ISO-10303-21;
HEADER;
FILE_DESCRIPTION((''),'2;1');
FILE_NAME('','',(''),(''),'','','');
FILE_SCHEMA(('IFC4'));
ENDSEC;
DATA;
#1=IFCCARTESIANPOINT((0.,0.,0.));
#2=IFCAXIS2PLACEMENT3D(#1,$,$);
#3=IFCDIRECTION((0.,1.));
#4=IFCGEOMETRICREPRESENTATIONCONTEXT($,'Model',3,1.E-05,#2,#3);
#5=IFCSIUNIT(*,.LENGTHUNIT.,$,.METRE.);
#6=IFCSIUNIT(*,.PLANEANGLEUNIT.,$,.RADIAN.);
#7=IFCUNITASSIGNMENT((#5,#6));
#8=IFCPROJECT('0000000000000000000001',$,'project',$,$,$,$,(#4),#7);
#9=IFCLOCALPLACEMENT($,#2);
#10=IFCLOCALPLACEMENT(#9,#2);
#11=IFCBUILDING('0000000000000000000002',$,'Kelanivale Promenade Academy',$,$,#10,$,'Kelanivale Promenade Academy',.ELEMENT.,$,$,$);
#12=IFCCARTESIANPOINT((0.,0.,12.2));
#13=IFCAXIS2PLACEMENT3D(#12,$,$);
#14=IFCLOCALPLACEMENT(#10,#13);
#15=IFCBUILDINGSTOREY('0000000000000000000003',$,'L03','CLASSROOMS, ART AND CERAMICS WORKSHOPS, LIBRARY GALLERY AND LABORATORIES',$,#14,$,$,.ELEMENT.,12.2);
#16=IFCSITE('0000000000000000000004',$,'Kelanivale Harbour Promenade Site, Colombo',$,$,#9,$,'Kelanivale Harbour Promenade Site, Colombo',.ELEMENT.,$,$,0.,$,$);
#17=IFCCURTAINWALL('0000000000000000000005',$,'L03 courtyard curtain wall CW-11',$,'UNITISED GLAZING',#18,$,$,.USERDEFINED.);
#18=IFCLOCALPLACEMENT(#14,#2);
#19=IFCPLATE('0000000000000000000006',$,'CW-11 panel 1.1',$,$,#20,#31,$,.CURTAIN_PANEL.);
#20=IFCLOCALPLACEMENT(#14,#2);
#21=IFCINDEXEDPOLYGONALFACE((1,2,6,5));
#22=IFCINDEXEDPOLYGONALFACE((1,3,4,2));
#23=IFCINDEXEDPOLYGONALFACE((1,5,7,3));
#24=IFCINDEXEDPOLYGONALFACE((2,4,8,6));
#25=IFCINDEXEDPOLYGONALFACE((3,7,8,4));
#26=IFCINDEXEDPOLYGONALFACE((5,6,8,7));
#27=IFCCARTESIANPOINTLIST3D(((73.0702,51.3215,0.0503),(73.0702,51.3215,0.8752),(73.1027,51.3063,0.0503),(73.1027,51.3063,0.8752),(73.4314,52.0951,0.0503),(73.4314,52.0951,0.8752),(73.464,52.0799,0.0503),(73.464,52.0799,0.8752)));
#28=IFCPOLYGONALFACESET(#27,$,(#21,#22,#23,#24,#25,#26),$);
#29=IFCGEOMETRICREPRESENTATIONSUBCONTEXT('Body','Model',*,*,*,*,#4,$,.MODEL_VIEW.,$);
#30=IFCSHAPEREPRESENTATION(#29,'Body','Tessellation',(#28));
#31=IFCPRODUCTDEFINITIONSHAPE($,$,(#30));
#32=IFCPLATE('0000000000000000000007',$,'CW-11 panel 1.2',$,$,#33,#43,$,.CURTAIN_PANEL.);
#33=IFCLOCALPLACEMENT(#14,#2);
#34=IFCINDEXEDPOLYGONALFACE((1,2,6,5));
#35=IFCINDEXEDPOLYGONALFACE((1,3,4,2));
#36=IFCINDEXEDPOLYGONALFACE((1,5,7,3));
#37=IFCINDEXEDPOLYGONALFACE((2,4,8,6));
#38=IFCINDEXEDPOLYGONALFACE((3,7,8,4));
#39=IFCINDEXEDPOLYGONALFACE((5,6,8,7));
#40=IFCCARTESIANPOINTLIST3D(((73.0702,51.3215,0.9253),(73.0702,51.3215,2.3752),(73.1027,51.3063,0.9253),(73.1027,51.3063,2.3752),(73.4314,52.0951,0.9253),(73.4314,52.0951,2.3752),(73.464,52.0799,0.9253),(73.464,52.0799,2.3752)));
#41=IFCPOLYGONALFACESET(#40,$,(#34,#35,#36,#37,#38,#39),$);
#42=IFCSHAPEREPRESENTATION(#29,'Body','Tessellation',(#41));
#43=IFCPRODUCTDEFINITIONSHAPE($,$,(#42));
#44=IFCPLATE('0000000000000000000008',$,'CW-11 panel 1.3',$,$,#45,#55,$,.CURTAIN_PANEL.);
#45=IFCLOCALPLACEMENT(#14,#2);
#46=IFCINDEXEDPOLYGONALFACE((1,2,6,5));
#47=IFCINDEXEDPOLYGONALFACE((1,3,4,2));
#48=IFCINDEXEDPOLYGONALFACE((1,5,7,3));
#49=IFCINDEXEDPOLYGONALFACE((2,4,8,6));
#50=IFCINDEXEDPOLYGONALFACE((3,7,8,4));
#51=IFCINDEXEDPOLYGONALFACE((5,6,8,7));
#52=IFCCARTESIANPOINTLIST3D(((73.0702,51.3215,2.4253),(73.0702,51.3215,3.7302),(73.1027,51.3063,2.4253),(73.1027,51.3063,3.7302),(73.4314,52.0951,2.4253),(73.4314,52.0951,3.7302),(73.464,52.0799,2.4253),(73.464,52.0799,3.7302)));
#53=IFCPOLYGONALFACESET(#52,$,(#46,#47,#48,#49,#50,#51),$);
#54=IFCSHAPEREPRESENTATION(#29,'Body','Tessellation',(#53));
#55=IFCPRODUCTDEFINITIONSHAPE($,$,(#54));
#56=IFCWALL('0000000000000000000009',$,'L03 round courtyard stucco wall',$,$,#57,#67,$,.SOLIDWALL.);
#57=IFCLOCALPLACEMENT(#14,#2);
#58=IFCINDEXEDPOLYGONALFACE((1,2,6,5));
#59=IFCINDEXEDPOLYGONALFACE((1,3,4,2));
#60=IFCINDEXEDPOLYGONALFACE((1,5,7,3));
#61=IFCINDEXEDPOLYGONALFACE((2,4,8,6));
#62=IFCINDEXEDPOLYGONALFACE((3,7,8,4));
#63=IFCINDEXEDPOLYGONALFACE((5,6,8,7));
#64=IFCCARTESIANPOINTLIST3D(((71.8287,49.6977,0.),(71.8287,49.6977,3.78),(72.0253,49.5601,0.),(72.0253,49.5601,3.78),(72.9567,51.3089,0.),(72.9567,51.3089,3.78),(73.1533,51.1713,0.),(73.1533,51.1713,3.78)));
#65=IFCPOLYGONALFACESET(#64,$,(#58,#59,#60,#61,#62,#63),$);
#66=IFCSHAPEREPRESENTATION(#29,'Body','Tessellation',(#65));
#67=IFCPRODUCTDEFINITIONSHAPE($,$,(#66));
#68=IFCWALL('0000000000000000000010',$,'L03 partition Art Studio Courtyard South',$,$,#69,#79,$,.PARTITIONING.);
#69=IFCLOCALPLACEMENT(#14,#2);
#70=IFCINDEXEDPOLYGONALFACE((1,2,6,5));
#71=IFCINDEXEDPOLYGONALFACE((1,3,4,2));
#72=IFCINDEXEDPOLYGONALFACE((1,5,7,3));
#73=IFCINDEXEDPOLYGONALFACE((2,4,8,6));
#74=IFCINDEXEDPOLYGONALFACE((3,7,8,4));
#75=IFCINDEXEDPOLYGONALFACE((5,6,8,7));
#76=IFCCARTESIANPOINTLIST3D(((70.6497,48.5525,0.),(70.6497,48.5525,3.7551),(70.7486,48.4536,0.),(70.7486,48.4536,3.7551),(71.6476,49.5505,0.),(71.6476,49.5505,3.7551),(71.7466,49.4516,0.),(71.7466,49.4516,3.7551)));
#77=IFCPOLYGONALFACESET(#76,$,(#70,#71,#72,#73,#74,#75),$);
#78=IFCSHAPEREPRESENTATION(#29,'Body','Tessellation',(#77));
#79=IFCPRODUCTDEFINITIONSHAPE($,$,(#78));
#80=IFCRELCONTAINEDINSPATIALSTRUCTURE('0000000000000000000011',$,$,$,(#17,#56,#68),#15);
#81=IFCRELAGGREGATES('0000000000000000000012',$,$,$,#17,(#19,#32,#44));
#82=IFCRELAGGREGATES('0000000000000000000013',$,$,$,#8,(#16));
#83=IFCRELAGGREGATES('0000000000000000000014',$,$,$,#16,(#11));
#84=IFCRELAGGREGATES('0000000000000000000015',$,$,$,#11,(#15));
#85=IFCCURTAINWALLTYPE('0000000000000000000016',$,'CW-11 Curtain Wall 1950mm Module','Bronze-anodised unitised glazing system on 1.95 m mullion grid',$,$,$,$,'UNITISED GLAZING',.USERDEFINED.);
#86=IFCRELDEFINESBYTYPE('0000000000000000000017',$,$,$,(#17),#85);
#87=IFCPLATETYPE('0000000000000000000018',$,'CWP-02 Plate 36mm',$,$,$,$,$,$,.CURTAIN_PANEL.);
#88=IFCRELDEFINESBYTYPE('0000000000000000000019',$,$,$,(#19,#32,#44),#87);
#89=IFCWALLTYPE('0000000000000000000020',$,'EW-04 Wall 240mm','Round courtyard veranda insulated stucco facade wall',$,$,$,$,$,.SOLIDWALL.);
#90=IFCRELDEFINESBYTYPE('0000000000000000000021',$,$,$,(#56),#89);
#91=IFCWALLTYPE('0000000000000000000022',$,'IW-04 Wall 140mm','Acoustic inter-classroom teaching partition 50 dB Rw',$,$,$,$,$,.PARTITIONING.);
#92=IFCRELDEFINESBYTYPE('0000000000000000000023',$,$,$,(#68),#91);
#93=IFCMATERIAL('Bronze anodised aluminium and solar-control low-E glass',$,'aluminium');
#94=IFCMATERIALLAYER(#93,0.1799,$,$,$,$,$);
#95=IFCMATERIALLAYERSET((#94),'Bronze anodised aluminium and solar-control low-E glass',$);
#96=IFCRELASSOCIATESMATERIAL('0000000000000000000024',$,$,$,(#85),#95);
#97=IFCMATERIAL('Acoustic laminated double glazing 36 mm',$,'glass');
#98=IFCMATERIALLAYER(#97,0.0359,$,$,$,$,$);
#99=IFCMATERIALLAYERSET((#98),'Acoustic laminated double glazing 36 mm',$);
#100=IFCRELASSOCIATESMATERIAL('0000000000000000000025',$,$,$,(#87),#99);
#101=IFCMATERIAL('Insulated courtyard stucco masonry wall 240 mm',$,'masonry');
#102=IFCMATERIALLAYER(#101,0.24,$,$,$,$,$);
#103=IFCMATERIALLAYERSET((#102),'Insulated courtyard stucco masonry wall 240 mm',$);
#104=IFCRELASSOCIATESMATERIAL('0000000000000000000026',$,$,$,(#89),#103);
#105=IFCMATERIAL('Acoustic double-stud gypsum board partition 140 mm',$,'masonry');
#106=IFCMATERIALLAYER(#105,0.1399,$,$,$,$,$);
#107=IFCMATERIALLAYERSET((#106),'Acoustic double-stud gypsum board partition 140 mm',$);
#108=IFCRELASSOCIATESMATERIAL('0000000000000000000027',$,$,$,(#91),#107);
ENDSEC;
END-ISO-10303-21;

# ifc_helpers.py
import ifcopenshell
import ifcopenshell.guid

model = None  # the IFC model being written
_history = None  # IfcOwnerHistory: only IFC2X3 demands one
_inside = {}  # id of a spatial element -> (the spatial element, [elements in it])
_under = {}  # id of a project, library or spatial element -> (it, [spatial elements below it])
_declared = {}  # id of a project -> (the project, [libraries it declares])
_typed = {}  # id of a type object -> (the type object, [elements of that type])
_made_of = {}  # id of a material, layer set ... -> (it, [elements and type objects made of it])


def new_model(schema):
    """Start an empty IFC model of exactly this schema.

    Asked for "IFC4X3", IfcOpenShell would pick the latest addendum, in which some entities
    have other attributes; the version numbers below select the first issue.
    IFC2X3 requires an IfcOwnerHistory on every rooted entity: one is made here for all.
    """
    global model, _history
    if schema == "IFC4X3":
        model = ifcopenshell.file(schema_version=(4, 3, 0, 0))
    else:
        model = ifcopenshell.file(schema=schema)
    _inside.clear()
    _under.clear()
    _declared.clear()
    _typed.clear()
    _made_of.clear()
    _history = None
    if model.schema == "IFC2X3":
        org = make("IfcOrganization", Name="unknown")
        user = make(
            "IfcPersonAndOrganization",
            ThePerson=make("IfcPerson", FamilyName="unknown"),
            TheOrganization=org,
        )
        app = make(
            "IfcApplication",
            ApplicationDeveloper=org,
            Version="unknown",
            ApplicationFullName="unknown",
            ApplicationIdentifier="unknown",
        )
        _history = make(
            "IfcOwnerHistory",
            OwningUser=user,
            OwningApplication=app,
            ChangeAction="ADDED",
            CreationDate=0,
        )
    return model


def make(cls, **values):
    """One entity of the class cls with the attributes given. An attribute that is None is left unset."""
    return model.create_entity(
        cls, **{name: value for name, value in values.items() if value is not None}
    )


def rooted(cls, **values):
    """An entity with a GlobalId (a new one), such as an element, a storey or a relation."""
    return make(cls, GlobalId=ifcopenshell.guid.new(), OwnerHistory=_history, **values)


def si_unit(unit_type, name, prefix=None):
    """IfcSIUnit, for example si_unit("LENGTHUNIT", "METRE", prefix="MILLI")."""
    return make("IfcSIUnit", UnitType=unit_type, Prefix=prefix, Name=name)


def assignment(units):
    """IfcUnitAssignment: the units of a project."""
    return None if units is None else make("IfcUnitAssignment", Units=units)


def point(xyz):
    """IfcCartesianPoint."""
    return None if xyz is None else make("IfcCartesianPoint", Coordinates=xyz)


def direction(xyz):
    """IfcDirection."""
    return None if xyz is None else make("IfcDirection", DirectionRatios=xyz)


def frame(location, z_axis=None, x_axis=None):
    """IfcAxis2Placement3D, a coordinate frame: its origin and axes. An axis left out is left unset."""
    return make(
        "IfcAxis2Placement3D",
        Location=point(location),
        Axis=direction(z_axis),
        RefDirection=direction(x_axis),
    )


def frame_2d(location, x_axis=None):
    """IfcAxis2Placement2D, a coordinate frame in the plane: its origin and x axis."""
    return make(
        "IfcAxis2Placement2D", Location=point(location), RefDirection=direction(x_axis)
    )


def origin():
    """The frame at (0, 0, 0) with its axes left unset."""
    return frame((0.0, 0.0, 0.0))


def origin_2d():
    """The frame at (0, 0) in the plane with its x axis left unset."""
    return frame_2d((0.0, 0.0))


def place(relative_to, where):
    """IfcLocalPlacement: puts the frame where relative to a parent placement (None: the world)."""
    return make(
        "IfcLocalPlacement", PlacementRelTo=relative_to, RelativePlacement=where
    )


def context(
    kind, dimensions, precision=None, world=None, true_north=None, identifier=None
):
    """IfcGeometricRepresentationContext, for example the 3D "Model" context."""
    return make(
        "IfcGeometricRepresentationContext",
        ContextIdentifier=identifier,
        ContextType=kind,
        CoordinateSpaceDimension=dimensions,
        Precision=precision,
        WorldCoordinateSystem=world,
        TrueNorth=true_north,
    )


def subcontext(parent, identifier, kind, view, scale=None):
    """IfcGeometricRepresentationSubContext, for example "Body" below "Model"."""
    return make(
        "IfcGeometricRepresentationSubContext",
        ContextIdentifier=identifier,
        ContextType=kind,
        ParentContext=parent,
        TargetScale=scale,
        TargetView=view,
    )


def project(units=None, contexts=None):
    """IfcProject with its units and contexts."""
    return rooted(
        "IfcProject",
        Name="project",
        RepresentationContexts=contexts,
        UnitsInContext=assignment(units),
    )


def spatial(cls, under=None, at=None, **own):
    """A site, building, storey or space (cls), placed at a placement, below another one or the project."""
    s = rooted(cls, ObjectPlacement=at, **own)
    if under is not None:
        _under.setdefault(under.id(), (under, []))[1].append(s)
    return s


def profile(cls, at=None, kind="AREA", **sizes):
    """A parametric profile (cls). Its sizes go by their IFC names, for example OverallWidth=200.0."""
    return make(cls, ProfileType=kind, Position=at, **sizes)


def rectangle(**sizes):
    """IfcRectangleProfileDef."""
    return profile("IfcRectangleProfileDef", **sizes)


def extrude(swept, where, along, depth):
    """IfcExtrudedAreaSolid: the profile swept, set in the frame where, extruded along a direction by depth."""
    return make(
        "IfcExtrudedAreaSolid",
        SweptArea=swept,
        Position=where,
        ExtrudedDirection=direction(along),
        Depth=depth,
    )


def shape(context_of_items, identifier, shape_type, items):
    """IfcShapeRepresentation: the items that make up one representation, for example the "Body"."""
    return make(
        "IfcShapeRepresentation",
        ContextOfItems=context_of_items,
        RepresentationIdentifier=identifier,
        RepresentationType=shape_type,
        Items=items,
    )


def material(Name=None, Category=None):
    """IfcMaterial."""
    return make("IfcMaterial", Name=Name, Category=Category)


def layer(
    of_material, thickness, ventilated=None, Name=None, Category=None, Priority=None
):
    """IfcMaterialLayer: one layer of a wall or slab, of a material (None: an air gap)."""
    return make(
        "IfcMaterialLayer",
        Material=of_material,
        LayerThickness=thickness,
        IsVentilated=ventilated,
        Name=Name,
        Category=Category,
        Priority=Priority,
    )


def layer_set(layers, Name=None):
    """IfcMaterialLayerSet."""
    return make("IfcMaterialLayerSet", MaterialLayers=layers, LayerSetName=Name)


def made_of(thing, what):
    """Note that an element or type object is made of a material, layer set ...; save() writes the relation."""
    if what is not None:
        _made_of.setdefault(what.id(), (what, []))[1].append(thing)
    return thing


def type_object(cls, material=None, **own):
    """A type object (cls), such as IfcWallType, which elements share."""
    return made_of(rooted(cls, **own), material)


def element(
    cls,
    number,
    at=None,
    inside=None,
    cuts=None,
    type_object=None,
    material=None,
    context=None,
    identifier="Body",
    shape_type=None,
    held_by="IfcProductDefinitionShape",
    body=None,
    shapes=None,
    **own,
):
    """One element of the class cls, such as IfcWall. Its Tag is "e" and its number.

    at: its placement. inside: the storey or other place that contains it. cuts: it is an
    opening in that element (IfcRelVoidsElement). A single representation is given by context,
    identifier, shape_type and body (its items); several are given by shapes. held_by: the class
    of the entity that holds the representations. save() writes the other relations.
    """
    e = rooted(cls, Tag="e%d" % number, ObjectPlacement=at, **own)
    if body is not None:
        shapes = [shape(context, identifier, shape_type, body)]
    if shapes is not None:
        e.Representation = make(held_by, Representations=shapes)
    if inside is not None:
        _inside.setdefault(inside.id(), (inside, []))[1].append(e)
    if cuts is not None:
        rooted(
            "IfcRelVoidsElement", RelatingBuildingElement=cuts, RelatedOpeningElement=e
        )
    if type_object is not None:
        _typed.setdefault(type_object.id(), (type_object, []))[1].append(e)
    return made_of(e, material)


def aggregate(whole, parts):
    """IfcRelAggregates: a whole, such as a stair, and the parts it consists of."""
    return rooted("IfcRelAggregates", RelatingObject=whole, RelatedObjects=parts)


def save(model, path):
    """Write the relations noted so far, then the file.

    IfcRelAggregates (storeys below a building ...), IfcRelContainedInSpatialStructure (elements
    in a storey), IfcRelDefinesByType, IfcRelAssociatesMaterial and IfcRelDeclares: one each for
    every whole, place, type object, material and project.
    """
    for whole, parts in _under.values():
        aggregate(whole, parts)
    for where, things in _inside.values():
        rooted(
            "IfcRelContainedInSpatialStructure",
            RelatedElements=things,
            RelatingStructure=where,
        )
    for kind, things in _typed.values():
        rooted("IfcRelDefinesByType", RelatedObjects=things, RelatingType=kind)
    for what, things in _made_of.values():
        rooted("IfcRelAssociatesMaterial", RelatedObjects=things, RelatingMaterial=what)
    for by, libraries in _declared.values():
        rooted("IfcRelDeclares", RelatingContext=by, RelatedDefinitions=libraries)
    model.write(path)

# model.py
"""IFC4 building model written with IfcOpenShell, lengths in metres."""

from ifc_helpers import new_model, si_unit, direction, frame, frame_2d, origin, origin_2d, place, context, subcontext, project, spatial, rectangle, extrude, material, layer, layer_set, type_object, element, aggregate, save


model = new_model("IFC4")

# Units and contexts
model_context = context("Model", 3, precision=1e-05, world=origin(), true_north=direction((0.0, 1.0)))
body_context = subcontext(model_context, "Body", "Model", "MODEL_VIEW")
ifc_project = project(units=[si_unit("LENGTHUNIT", "METRE"), si_unit("PLANEANGLEUNIT", "RADIAN")], contexts=[model_context])

# Site, building, storey
site_placement = place(None, origin())
site = spatial("IfcSite", under=ifc_project, at=site_placement, Name="Kelanivale Harbour Promenade Site, Colombo", LongName="Kelanivale Harbour Promenade Site, Colombo", CompositionType="ELEMENT", RefElevation=0.0)
building_placement = place(site_placement, origin())
building = spatial("IfcBuilding", under=site, at=building_placement, Name="Kelanivale Promenade Academy", LongName="Kelanivale Promenade Academy", CompositionType="ELEMENT")
storey_placement = place(building_placement, frame((0.0, 0.0, 12.2)))
storey = spatial("IfcBuildingStorey", under=building, at=storey_placement, Name="L03", Description="CLASSROOMS, ART AND CERAMICS WORKSHOPS, LIBRARY GALLERY AND LABORATORIES", CompositionType="ELEMENT", Elevation=12.2)

# Curtain wall
ifc_material_1 = material(Name="Bronze anodised aluminium and solar-control low-E glass", Category="aluminium")
ifc_layer_1 = layer(ifc_material_1, 0.1799)
ifc_layer_set_1 = layer_set([ifc_layer_1], Name="Bronze anodised aluminium and solar-control low-E glass")
curtain_wall_type_1 = type_object("IfcCurtainWallType", Name="CW-11 Curtain Wall 1950mm Module", Description="Bronze-anodised unitised glazing system on 1.95 m mullion grid", ElementType="UNITISED GLAZING", PredefinedType="USERDEFINED", material=ifc_layer_set_1)
curtain_wall_1_placement = place(storey_placement, origin())
curtain_wall_1 = element("IfcCurtainWall", 1, at=curtain_wall_1_placement, inside=storey, type_object=curtain_wall_type_1, Name="L03 courtyard curtain wall CW-11", ObjectType="UNITISED GLAZING", PredefinedType="USERDEFINED")

# Plates
ifc_material_2 = material(Name="Acoustic laminated double glazing 36 mm", Category="glass")
ifc_layer_2 = layer(ifc_material_2, 0.0359)
ifc_layer_set_2 = layer_set([ifc_layer_2], Name="Acoustic laminated double glazing 36 mm")
plate_type_1 = type_object("IfcPlateType", Name="CWP-02 Plate 36mm", PredefinedType="CURTAIN_PANEL", material=ifc_layer_set_2)
plate_1_placement = place(storey_placement, frame((73.2671, 51.7007, 0.0503), z_axis=(0.0, 0.0, 1.0), x_axis=(0.423087, 0.906089, 0.0)))
plate_1 = element("IfcPlate", 2, at=plate_1_placement, type_object=plate_type_1, Name="CW-11 panel 1.1", PredefinedType="CURTAIN_PANEL", context=body_context, shape_type="SweptSolid", body=[
    extrude(rectangle(XDim=0.8538, YDim=0.0359, at=origin_2d()), origin(), (0.0, 0.0, 1.0), 0.825),
])
plate_2_placement = place(storey_placement, frame((73.2671, 51.7007, 0.9253), z_axis=(0.0, 0.0, 1.0), x_axis=(0.423087, 0.906089, 0.0)))
plate_2 = element("IfcPlate", 3, at=plate_2_placement, type_object=plate_type_1, Name="CW-11 panel 1.2", PredefinedType="CURTAIN_PANEL", context=body_context, shape_type="SweptSolid", body=[
    extrude(rectangle(XDim=0.8538, YDim=0.0359, at=origin_2d()), origin(), (0.0, 0.0, 1.0), 1.45),
])
plate_3_placement = place(storey_placement, frame((73.2671, 51.7007, 2.4253), z_axis=(0.0, 0.0, 1.0), x_axis=(0.423087, 0.906089, 0.0)))
plate_3 = element("IfcPlate", 4, at=plate_3_placement, type_object=plate_type_1, Name="CW-11 panel 1.3", PredefinedType="CURTAIN_PANEL", context=body_context, shape_type="SweptSolid", body=[
    extrude(rectangle(XDim=0.8538, YDim=0.0359, at=origin_2d()), origin(), (0.0, 0.0, 1.0), 1.3049),
])
aggregate(curtain_wall_1, [plate_1, plate_2, plate_3])

# Walls
ifc_material_3 = material(Name="Insulated courtyard stucco masonry wall 240 mm", Category="masonry")
ifc_layer_3 = layer(ifc_material_3, 0.24)
ifc_layer_set_3 = layer_set([ifc_layer_3], Name="Insulated courtyard stucco masonry wall 240 mm")
wall_type_1 = type_object("IfcWallType", Name="EW-04 Wall 240mm", Description="Round courtyard veranda insulated stucco facade wall", PredefinedType="SOLIDWALL", material=ifc_layer_set_3)
wall_1_placement = place(storey_placement, frame((71.927, 49.6289, 0.0), z_axis=(0.0, 0.0, 1.0), x_axis=(0.573521, 0.819191, 0.0)))
element("IfcWall", 5, at=wall_1_placement, inside=storey, type_object=wall_type_1, Name="L03 round courtyard stucco wall", PredefinedType="SOLIDWALL", context=body_context, shape_type="SweptSolid", body=[
    extrude(rectangle(XDim=1.9668, YDim=0.24, at=frame_2d((0.9834, 0.0))), origin(), (0.0, 0.0, 1.0), 3.78),
])
ifc_material_4 = material(Name="Acoustic double-stud gypsum board partition 140 mm", Category="masonry")
ifc_layer_4 = layer(ifc_material_4, 0.1399)
ifc_layer_set_4 = layer_set([ifc_layer_4], Name="Acoustic double-stud gypsum board partition 140 mm")
wall_type_2 = type_object("IfcWallType", Name="IW-04 Wall 140mm", Description="Acoustic inter-classroom teaching partition 50 dB Rw", PredefinedType="PARTITIONING", material=ifc_layer_set_4)
wall_2_placement = place(storey_placement, frame((71.697, 49.501, 0.0), z_axis=(0.0, 0.0, 1.0), x_axis=(-0.707107, -0.707107, 0.0)))
element("IfcWall", 6, at=wall_2_placement, inside=storey, type_object=wall_type_2, Name="L03 partition Art Studio Courtyard South", PredefinedType="PARTITIONING", context=body_context, shape_type="SweptSolid", body=[
    extrude(rectangle(XDim=1.4114, YDim=0.1399, at=frame_2d((0.7056, 0.0))), origin(), (0.0, 0.0, 1.0), 3.7551),
])

save(model, "model.ifc")
